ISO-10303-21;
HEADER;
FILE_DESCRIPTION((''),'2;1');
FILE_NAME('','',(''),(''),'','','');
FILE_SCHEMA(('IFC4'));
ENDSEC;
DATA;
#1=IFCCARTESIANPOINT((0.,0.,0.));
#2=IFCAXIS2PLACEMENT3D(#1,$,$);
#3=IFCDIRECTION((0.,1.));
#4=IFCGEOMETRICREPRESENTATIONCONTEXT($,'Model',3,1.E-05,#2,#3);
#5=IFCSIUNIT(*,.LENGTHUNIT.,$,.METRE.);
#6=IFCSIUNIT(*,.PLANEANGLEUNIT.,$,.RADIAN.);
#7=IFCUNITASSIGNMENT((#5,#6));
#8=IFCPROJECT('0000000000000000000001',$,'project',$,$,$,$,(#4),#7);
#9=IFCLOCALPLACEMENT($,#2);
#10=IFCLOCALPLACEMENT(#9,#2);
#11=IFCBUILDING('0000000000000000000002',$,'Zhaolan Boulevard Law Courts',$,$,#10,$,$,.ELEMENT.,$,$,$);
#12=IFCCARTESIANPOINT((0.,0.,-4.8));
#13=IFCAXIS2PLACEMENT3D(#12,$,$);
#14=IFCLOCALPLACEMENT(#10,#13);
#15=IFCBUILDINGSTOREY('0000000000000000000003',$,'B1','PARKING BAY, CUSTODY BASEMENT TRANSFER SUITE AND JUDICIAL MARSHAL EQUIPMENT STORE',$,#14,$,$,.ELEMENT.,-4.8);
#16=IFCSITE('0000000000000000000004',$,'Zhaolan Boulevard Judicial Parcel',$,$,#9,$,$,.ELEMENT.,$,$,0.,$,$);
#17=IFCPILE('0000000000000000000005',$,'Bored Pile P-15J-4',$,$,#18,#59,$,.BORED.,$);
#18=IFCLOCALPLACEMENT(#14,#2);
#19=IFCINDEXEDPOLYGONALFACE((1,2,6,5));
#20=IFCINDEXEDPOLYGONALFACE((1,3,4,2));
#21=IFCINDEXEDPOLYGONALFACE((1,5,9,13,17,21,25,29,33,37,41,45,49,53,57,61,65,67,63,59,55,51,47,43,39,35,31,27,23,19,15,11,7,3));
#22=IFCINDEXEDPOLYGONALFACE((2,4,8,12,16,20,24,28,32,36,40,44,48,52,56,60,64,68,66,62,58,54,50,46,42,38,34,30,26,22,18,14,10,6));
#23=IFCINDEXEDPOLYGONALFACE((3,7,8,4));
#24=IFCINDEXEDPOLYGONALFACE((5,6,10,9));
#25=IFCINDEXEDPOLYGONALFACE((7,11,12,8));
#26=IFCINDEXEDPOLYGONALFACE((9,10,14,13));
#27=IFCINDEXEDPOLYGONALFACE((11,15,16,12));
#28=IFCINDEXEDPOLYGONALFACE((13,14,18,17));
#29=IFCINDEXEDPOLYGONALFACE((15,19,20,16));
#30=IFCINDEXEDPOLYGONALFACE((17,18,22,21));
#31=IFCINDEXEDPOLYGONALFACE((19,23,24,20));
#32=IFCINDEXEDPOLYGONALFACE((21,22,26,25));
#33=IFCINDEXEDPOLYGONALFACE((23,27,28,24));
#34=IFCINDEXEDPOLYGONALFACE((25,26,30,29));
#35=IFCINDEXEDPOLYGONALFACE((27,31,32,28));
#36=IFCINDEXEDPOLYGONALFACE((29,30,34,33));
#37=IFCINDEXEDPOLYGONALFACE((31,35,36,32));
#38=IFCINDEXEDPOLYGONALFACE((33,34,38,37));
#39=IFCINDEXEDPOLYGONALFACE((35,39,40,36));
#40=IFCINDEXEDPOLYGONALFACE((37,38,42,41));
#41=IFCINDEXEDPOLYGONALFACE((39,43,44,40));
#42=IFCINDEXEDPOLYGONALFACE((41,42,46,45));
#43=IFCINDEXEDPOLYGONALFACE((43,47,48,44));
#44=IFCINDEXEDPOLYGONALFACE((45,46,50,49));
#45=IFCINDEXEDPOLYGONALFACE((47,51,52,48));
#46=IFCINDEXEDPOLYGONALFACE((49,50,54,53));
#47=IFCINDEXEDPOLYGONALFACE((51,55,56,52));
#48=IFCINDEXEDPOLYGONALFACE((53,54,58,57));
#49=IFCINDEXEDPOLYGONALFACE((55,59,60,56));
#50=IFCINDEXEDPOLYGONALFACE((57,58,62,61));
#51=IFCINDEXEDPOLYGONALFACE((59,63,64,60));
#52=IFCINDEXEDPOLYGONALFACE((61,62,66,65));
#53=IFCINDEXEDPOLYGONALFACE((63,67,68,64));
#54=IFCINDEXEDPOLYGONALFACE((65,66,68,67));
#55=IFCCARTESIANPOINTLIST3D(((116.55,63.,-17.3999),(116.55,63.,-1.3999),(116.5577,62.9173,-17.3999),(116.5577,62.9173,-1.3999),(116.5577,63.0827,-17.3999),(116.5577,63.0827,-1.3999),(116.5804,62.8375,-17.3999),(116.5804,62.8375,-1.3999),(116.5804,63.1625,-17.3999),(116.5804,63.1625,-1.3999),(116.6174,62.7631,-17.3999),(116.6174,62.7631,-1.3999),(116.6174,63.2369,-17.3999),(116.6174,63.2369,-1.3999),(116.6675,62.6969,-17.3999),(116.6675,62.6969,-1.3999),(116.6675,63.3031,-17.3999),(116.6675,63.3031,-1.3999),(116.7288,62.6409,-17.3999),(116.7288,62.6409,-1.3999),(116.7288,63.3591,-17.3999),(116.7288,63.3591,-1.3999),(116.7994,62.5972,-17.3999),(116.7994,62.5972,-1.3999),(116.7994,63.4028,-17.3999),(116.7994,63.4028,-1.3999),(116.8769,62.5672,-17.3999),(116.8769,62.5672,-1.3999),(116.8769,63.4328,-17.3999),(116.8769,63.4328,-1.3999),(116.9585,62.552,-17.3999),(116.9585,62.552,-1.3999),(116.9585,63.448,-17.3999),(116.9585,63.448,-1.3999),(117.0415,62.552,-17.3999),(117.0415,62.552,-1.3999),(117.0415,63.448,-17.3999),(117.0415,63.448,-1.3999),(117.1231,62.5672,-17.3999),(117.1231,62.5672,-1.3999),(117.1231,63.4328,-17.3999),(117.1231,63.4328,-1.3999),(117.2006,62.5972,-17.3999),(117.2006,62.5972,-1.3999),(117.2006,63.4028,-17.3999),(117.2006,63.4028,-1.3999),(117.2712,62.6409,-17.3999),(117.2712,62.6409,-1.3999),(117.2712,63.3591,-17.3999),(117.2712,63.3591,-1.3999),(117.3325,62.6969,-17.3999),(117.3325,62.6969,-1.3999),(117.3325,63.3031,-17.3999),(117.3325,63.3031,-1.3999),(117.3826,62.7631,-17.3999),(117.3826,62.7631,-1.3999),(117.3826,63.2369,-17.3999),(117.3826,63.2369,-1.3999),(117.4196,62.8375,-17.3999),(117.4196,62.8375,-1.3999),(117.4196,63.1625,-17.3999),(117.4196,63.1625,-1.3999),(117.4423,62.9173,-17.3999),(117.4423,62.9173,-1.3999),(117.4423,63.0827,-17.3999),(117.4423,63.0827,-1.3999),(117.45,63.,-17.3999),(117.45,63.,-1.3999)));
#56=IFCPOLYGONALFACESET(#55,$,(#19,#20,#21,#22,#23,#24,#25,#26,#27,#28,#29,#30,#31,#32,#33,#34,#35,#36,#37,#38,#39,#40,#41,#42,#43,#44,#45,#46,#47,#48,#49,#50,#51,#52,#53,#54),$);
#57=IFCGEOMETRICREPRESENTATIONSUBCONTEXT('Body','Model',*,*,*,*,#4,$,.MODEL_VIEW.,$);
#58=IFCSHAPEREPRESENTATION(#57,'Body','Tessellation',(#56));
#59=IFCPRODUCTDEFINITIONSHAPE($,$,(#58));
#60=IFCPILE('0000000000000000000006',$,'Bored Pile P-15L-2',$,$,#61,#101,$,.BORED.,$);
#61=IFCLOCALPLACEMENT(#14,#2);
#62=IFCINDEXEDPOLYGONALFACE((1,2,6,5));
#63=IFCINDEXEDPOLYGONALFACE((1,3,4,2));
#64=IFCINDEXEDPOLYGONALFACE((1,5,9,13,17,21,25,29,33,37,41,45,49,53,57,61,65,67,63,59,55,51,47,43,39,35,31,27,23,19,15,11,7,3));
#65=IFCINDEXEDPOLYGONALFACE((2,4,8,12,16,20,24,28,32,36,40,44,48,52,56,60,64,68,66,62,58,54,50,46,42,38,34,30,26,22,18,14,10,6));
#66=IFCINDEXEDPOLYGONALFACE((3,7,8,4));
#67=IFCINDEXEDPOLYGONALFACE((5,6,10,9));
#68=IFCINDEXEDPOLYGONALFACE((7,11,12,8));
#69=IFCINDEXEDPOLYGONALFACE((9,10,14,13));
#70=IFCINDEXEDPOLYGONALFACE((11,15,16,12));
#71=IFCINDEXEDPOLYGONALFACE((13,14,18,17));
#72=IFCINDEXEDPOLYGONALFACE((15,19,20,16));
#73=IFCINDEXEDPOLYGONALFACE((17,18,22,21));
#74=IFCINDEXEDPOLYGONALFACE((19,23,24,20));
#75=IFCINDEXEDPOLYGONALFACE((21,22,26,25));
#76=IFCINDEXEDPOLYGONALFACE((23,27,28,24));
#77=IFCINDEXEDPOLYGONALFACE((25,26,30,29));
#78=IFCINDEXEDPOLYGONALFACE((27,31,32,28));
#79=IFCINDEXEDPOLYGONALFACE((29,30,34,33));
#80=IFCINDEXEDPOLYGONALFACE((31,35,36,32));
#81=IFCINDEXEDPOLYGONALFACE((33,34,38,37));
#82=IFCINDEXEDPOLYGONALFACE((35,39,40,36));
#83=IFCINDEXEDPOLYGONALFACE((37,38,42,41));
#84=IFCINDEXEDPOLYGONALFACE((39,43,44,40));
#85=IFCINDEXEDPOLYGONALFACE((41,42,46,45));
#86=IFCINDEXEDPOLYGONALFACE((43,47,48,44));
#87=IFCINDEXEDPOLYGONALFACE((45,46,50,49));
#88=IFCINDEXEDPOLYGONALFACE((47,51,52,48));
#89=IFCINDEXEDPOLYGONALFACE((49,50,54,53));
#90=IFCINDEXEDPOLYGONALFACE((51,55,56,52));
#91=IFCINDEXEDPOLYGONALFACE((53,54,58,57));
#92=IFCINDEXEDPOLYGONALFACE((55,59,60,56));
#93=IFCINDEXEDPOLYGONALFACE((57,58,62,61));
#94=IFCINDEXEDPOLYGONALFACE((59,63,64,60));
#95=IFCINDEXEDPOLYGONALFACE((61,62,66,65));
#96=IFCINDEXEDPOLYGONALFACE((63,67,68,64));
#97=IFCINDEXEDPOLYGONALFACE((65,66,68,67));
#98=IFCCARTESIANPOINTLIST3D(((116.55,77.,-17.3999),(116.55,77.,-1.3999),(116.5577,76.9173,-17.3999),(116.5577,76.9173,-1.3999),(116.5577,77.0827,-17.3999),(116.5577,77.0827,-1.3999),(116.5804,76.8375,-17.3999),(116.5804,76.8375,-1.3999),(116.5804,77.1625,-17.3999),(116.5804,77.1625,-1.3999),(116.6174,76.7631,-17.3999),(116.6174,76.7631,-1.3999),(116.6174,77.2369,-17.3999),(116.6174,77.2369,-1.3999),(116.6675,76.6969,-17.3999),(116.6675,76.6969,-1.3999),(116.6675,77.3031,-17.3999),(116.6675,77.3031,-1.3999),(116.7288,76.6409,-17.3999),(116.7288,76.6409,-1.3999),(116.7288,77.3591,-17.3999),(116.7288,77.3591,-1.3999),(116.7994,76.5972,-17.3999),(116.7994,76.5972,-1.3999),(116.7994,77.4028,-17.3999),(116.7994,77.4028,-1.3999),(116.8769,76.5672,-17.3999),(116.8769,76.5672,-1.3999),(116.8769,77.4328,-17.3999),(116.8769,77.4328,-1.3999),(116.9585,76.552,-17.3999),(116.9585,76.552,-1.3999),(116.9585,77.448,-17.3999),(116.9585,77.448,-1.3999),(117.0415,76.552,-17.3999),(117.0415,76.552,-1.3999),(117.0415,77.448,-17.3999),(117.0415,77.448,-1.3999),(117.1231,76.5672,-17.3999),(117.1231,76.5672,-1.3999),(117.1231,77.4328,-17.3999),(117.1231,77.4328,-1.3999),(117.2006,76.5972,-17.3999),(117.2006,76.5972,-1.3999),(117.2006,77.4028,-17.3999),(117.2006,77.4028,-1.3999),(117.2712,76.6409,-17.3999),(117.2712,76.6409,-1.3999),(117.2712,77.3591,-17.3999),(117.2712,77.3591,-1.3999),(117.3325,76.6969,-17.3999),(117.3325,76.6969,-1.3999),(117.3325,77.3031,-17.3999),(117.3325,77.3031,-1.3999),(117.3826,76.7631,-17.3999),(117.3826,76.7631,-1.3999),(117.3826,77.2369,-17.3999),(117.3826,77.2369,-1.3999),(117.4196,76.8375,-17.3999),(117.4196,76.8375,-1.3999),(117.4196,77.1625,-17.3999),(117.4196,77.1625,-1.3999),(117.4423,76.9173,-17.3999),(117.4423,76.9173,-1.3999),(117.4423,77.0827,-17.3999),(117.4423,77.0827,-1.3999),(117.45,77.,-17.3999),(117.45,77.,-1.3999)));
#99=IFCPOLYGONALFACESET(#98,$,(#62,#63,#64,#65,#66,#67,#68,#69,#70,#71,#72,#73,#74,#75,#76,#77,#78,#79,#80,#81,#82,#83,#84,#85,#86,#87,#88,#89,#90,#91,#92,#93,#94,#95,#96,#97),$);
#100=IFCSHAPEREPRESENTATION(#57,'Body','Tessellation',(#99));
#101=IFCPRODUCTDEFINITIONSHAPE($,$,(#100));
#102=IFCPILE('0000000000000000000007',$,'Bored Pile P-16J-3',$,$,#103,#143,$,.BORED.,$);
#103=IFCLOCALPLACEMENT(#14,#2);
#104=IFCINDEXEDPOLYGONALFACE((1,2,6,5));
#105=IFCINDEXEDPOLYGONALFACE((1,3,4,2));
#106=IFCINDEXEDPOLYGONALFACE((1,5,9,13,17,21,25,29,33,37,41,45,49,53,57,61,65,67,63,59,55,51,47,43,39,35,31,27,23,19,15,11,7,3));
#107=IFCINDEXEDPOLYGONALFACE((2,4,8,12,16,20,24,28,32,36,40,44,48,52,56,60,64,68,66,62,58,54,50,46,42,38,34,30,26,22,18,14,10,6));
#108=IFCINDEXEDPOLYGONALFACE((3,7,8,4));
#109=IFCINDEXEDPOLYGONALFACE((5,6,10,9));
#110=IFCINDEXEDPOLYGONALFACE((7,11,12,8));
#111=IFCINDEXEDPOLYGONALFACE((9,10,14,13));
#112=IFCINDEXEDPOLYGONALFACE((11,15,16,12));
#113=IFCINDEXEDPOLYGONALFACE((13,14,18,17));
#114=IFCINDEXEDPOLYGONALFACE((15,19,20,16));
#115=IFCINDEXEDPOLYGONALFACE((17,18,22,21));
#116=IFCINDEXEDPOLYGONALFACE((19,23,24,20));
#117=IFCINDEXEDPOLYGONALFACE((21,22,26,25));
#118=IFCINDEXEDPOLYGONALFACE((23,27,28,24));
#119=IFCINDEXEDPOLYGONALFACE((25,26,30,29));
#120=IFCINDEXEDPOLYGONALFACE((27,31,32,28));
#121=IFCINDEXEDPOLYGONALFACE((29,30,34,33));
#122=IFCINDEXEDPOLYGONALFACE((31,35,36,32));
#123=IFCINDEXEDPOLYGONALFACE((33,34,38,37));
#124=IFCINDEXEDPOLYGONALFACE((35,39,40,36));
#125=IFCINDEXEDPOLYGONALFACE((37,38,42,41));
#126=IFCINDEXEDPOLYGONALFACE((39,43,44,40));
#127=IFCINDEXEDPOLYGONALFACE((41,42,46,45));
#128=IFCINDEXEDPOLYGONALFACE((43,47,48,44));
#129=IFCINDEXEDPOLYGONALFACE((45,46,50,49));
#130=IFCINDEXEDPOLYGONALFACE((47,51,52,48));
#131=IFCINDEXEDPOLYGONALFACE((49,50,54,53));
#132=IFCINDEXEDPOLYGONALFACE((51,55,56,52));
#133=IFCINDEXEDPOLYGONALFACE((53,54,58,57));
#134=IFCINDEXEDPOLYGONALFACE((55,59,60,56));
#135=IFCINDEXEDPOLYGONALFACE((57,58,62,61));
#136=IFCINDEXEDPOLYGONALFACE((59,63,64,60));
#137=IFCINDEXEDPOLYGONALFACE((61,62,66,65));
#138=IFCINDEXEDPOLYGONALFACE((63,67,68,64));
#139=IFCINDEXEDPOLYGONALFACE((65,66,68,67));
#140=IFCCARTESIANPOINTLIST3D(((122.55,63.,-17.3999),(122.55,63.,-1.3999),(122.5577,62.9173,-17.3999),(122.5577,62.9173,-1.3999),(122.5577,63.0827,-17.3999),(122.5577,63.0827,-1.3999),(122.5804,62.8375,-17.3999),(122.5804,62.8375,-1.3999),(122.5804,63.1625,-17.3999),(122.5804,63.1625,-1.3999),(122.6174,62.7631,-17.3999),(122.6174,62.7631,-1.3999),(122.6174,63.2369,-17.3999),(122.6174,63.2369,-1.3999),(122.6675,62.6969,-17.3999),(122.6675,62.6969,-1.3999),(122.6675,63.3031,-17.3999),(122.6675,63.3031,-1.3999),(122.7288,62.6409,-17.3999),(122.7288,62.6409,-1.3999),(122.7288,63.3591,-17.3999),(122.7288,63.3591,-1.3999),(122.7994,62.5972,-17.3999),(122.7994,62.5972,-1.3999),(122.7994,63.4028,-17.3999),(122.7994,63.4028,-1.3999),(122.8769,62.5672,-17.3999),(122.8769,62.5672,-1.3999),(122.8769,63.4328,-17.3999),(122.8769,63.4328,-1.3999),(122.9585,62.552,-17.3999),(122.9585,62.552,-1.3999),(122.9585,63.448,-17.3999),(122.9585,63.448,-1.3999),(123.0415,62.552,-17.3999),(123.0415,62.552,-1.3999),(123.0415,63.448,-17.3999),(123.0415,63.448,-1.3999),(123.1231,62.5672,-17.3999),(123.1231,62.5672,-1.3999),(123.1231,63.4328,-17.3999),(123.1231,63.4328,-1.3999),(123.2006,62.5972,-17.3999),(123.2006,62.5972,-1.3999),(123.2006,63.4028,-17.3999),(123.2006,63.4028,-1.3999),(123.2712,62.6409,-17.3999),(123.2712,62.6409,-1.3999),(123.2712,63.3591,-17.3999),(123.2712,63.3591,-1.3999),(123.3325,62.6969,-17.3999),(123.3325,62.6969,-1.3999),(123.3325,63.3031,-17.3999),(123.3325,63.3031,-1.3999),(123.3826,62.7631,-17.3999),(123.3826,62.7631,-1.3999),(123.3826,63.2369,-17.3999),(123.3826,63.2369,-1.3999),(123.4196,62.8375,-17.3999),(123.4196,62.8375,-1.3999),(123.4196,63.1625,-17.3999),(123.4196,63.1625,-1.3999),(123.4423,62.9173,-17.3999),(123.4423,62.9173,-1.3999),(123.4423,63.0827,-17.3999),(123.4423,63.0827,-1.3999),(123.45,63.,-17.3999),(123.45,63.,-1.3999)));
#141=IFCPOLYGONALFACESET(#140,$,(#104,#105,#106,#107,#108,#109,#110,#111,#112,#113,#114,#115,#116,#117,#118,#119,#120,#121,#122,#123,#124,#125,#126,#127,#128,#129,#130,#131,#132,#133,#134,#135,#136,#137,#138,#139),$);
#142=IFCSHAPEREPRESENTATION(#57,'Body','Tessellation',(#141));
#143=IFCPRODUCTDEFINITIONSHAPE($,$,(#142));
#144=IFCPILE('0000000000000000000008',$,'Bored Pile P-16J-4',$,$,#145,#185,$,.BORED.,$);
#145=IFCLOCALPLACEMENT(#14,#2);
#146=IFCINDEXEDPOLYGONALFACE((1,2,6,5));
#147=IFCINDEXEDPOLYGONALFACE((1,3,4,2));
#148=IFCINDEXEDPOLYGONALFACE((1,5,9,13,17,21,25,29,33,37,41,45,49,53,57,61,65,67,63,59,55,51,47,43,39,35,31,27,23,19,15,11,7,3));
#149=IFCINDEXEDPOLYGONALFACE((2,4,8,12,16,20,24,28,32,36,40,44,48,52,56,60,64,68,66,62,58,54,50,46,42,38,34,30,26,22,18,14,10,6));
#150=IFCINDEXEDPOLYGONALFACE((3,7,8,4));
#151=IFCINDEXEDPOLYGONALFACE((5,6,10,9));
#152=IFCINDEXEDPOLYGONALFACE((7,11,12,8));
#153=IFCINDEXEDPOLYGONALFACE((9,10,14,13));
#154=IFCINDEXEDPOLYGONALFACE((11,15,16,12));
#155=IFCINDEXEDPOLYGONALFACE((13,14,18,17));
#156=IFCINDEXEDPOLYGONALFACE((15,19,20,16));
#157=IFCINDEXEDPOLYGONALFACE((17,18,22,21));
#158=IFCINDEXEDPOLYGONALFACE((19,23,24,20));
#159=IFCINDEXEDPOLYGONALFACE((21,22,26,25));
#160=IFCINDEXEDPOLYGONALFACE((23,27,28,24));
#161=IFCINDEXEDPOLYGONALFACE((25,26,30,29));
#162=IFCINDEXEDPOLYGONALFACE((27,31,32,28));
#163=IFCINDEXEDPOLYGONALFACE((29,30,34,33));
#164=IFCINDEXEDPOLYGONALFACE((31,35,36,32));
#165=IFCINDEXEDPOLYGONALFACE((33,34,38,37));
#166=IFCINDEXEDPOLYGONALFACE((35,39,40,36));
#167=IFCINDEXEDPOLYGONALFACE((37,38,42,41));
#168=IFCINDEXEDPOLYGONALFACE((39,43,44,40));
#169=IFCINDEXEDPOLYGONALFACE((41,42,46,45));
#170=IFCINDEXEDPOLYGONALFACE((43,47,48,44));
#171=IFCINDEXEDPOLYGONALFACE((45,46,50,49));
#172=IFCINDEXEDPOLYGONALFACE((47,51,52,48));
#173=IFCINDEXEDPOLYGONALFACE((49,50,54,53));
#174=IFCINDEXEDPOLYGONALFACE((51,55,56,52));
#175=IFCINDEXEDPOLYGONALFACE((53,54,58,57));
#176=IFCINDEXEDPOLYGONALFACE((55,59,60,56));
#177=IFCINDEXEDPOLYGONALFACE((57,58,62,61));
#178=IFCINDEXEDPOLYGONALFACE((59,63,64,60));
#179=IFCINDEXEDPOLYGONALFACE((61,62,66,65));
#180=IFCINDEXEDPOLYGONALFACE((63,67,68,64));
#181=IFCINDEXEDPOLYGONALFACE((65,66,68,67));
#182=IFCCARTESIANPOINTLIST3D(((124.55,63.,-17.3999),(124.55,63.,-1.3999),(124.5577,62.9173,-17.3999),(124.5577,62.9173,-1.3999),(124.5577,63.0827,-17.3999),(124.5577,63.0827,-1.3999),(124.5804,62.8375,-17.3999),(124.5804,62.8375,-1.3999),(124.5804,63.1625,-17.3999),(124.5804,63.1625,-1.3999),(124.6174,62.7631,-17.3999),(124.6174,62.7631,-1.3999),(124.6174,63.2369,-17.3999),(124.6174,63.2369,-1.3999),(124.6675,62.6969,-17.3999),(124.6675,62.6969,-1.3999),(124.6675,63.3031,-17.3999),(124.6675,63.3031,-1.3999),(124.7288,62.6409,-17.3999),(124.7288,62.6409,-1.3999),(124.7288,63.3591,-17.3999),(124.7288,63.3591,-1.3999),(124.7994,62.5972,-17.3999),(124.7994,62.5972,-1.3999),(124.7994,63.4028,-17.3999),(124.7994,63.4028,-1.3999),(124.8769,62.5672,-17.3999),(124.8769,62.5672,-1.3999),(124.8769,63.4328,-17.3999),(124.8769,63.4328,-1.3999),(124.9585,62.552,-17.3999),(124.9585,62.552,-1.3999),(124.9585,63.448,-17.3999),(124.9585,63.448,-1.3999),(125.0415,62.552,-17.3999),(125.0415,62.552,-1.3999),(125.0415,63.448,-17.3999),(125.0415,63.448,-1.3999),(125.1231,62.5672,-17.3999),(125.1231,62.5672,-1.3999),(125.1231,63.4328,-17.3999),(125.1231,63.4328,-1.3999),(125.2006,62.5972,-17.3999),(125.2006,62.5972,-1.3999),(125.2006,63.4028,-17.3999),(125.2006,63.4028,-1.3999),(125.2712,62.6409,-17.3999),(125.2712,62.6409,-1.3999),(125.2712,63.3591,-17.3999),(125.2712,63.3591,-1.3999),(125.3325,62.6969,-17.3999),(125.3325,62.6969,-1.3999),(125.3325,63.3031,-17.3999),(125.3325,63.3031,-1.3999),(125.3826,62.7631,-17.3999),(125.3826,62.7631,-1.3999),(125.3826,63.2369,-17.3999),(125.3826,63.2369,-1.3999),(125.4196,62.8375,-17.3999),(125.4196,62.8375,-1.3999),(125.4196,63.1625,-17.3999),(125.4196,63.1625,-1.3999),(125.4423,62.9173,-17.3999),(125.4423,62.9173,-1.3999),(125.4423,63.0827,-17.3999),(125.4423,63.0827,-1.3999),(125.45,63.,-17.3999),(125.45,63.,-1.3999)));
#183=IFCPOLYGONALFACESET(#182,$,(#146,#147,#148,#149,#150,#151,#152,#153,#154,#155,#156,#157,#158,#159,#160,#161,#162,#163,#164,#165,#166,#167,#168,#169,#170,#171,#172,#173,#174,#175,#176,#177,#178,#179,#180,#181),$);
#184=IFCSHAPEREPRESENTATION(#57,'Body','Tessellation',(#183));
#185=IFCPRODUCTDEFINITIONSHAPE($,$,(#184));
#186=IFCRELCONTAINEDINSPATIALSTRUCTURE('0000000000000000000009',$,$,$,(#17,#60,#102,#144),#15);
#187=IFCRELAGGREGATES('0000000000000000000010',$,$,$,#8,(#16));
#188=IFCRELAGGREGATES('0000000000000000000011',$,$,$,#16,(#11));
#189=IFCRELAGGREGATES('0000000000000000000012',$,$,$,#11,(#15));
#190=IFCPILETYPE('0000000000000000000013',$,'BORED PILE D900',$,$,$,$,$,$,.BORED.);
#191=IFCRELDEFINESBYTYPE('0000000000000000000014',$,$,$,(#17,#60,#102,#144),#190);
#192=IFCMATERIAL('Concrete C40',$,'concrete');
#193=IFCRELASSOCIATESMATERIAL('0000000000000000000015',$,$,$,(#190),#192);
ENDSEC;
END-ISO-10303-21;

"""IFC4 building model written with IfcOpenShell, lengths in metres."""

from ifc_helpers import new_model, si_unit, direction, frame, origin, origin_2d, place, context, subcontext, project, spatial, circle, extrude, material, material_profile, profile_set, type_object, element, save


model = new_model("IFC4")

# Units and contexts
model_context = context("Model", 3, precision=1e-05, world=origin(), true_north=direction((0.0, 1.0)))
body_context = subcontext(model_context, "Body", "Model", "MODEL_VIEW")
ifc_project = project(units=[si_unit("LENGTHUNIT", "METRE"), si_unit("PLANEANGLEUNIT", "RADIAN")], contexts=[model_context])

# Site, building, storey
site_placement = place(None, origin())
site = spatial("IfcSite", under=ifc_project, at=site_placement, Name="Zhaolan Boulevard Judicial Parcel", CompositionType="ELEMENT", RefElevation=0.0)
building_placement = place(site_placement, origin())
building = spatial("IfcBuilding", under=site, at=building_placement, Name="Zhaolan Boulevard Law Courts", CompositionType="ELEMENT")
storey_placement = place(building_placement, frame((0.0, 0.0, -4.8)))
storey = spatial("IfcBuildingStorey", under=building, at=storey_placement, Name="B1", Description="PARKING BAY, CUSTODY BASEMENT TRANSFER SUITE AND JUDICIAL MARSHAL EQUIPMENT STORE", CompositionType="ELEMENT", Elevation=-4.8)

# Piles
ifc_material_1 = material(Name="Concrete C40", Category="concrete")
ifc_material_profile_1 = material_profile(ifc_material_1, circle(Radius=0.45, at=origin_2d()), Name="PILE-D900")
ifc_profile_set_1 = profile_set([ifc_material_profile_1], Name="Concrete C40")
pile_type = type_object("IfcPileType", Name="BORED PILE D900", PredefinedType="BORED", material=ifc_profile_set_1)
for number, where, z_axis, x_axis, name in (
    (1, (117.0, 63.0, -1.3999), (0.0, 0.0, -1.0), (1.0, 0.0, 0.0), "Bored Pile P-15J-4"),
    (2, (117.0, 77.0, -1.3999), (0.0, 0.0, -1.0), (1.0, 0.0, 0.0), "Bored Pile P-15L-2"),
    (3, (123.0, 63.0, -1.3999), (0.0, 0.0, -1.0), (1.0, 0.0, 0.0), "Bored Pile P-16J-3"),
    (4, (125.0, 63.0, -1.3999), (0.0, 0.0, -1.0), (1.0, 0.0, 0.0), "Bored Pile P-16J-4"),
):
    element("IfcPile", number, at=place(storey_placement, frame(where, z_axis=z_axis, x_axis=x_axis)), inside=storey, type_object=pile_type, Name=name, PredefinedType="BORED", context=body_context, shape_type="SweptSolid", body=[
        extrude(circle(Radius=0.45, at=origin_2d()), origin(), (0.0, 0.0, 1.0), 16.0),
    ])

save(model, "model.ifc")
